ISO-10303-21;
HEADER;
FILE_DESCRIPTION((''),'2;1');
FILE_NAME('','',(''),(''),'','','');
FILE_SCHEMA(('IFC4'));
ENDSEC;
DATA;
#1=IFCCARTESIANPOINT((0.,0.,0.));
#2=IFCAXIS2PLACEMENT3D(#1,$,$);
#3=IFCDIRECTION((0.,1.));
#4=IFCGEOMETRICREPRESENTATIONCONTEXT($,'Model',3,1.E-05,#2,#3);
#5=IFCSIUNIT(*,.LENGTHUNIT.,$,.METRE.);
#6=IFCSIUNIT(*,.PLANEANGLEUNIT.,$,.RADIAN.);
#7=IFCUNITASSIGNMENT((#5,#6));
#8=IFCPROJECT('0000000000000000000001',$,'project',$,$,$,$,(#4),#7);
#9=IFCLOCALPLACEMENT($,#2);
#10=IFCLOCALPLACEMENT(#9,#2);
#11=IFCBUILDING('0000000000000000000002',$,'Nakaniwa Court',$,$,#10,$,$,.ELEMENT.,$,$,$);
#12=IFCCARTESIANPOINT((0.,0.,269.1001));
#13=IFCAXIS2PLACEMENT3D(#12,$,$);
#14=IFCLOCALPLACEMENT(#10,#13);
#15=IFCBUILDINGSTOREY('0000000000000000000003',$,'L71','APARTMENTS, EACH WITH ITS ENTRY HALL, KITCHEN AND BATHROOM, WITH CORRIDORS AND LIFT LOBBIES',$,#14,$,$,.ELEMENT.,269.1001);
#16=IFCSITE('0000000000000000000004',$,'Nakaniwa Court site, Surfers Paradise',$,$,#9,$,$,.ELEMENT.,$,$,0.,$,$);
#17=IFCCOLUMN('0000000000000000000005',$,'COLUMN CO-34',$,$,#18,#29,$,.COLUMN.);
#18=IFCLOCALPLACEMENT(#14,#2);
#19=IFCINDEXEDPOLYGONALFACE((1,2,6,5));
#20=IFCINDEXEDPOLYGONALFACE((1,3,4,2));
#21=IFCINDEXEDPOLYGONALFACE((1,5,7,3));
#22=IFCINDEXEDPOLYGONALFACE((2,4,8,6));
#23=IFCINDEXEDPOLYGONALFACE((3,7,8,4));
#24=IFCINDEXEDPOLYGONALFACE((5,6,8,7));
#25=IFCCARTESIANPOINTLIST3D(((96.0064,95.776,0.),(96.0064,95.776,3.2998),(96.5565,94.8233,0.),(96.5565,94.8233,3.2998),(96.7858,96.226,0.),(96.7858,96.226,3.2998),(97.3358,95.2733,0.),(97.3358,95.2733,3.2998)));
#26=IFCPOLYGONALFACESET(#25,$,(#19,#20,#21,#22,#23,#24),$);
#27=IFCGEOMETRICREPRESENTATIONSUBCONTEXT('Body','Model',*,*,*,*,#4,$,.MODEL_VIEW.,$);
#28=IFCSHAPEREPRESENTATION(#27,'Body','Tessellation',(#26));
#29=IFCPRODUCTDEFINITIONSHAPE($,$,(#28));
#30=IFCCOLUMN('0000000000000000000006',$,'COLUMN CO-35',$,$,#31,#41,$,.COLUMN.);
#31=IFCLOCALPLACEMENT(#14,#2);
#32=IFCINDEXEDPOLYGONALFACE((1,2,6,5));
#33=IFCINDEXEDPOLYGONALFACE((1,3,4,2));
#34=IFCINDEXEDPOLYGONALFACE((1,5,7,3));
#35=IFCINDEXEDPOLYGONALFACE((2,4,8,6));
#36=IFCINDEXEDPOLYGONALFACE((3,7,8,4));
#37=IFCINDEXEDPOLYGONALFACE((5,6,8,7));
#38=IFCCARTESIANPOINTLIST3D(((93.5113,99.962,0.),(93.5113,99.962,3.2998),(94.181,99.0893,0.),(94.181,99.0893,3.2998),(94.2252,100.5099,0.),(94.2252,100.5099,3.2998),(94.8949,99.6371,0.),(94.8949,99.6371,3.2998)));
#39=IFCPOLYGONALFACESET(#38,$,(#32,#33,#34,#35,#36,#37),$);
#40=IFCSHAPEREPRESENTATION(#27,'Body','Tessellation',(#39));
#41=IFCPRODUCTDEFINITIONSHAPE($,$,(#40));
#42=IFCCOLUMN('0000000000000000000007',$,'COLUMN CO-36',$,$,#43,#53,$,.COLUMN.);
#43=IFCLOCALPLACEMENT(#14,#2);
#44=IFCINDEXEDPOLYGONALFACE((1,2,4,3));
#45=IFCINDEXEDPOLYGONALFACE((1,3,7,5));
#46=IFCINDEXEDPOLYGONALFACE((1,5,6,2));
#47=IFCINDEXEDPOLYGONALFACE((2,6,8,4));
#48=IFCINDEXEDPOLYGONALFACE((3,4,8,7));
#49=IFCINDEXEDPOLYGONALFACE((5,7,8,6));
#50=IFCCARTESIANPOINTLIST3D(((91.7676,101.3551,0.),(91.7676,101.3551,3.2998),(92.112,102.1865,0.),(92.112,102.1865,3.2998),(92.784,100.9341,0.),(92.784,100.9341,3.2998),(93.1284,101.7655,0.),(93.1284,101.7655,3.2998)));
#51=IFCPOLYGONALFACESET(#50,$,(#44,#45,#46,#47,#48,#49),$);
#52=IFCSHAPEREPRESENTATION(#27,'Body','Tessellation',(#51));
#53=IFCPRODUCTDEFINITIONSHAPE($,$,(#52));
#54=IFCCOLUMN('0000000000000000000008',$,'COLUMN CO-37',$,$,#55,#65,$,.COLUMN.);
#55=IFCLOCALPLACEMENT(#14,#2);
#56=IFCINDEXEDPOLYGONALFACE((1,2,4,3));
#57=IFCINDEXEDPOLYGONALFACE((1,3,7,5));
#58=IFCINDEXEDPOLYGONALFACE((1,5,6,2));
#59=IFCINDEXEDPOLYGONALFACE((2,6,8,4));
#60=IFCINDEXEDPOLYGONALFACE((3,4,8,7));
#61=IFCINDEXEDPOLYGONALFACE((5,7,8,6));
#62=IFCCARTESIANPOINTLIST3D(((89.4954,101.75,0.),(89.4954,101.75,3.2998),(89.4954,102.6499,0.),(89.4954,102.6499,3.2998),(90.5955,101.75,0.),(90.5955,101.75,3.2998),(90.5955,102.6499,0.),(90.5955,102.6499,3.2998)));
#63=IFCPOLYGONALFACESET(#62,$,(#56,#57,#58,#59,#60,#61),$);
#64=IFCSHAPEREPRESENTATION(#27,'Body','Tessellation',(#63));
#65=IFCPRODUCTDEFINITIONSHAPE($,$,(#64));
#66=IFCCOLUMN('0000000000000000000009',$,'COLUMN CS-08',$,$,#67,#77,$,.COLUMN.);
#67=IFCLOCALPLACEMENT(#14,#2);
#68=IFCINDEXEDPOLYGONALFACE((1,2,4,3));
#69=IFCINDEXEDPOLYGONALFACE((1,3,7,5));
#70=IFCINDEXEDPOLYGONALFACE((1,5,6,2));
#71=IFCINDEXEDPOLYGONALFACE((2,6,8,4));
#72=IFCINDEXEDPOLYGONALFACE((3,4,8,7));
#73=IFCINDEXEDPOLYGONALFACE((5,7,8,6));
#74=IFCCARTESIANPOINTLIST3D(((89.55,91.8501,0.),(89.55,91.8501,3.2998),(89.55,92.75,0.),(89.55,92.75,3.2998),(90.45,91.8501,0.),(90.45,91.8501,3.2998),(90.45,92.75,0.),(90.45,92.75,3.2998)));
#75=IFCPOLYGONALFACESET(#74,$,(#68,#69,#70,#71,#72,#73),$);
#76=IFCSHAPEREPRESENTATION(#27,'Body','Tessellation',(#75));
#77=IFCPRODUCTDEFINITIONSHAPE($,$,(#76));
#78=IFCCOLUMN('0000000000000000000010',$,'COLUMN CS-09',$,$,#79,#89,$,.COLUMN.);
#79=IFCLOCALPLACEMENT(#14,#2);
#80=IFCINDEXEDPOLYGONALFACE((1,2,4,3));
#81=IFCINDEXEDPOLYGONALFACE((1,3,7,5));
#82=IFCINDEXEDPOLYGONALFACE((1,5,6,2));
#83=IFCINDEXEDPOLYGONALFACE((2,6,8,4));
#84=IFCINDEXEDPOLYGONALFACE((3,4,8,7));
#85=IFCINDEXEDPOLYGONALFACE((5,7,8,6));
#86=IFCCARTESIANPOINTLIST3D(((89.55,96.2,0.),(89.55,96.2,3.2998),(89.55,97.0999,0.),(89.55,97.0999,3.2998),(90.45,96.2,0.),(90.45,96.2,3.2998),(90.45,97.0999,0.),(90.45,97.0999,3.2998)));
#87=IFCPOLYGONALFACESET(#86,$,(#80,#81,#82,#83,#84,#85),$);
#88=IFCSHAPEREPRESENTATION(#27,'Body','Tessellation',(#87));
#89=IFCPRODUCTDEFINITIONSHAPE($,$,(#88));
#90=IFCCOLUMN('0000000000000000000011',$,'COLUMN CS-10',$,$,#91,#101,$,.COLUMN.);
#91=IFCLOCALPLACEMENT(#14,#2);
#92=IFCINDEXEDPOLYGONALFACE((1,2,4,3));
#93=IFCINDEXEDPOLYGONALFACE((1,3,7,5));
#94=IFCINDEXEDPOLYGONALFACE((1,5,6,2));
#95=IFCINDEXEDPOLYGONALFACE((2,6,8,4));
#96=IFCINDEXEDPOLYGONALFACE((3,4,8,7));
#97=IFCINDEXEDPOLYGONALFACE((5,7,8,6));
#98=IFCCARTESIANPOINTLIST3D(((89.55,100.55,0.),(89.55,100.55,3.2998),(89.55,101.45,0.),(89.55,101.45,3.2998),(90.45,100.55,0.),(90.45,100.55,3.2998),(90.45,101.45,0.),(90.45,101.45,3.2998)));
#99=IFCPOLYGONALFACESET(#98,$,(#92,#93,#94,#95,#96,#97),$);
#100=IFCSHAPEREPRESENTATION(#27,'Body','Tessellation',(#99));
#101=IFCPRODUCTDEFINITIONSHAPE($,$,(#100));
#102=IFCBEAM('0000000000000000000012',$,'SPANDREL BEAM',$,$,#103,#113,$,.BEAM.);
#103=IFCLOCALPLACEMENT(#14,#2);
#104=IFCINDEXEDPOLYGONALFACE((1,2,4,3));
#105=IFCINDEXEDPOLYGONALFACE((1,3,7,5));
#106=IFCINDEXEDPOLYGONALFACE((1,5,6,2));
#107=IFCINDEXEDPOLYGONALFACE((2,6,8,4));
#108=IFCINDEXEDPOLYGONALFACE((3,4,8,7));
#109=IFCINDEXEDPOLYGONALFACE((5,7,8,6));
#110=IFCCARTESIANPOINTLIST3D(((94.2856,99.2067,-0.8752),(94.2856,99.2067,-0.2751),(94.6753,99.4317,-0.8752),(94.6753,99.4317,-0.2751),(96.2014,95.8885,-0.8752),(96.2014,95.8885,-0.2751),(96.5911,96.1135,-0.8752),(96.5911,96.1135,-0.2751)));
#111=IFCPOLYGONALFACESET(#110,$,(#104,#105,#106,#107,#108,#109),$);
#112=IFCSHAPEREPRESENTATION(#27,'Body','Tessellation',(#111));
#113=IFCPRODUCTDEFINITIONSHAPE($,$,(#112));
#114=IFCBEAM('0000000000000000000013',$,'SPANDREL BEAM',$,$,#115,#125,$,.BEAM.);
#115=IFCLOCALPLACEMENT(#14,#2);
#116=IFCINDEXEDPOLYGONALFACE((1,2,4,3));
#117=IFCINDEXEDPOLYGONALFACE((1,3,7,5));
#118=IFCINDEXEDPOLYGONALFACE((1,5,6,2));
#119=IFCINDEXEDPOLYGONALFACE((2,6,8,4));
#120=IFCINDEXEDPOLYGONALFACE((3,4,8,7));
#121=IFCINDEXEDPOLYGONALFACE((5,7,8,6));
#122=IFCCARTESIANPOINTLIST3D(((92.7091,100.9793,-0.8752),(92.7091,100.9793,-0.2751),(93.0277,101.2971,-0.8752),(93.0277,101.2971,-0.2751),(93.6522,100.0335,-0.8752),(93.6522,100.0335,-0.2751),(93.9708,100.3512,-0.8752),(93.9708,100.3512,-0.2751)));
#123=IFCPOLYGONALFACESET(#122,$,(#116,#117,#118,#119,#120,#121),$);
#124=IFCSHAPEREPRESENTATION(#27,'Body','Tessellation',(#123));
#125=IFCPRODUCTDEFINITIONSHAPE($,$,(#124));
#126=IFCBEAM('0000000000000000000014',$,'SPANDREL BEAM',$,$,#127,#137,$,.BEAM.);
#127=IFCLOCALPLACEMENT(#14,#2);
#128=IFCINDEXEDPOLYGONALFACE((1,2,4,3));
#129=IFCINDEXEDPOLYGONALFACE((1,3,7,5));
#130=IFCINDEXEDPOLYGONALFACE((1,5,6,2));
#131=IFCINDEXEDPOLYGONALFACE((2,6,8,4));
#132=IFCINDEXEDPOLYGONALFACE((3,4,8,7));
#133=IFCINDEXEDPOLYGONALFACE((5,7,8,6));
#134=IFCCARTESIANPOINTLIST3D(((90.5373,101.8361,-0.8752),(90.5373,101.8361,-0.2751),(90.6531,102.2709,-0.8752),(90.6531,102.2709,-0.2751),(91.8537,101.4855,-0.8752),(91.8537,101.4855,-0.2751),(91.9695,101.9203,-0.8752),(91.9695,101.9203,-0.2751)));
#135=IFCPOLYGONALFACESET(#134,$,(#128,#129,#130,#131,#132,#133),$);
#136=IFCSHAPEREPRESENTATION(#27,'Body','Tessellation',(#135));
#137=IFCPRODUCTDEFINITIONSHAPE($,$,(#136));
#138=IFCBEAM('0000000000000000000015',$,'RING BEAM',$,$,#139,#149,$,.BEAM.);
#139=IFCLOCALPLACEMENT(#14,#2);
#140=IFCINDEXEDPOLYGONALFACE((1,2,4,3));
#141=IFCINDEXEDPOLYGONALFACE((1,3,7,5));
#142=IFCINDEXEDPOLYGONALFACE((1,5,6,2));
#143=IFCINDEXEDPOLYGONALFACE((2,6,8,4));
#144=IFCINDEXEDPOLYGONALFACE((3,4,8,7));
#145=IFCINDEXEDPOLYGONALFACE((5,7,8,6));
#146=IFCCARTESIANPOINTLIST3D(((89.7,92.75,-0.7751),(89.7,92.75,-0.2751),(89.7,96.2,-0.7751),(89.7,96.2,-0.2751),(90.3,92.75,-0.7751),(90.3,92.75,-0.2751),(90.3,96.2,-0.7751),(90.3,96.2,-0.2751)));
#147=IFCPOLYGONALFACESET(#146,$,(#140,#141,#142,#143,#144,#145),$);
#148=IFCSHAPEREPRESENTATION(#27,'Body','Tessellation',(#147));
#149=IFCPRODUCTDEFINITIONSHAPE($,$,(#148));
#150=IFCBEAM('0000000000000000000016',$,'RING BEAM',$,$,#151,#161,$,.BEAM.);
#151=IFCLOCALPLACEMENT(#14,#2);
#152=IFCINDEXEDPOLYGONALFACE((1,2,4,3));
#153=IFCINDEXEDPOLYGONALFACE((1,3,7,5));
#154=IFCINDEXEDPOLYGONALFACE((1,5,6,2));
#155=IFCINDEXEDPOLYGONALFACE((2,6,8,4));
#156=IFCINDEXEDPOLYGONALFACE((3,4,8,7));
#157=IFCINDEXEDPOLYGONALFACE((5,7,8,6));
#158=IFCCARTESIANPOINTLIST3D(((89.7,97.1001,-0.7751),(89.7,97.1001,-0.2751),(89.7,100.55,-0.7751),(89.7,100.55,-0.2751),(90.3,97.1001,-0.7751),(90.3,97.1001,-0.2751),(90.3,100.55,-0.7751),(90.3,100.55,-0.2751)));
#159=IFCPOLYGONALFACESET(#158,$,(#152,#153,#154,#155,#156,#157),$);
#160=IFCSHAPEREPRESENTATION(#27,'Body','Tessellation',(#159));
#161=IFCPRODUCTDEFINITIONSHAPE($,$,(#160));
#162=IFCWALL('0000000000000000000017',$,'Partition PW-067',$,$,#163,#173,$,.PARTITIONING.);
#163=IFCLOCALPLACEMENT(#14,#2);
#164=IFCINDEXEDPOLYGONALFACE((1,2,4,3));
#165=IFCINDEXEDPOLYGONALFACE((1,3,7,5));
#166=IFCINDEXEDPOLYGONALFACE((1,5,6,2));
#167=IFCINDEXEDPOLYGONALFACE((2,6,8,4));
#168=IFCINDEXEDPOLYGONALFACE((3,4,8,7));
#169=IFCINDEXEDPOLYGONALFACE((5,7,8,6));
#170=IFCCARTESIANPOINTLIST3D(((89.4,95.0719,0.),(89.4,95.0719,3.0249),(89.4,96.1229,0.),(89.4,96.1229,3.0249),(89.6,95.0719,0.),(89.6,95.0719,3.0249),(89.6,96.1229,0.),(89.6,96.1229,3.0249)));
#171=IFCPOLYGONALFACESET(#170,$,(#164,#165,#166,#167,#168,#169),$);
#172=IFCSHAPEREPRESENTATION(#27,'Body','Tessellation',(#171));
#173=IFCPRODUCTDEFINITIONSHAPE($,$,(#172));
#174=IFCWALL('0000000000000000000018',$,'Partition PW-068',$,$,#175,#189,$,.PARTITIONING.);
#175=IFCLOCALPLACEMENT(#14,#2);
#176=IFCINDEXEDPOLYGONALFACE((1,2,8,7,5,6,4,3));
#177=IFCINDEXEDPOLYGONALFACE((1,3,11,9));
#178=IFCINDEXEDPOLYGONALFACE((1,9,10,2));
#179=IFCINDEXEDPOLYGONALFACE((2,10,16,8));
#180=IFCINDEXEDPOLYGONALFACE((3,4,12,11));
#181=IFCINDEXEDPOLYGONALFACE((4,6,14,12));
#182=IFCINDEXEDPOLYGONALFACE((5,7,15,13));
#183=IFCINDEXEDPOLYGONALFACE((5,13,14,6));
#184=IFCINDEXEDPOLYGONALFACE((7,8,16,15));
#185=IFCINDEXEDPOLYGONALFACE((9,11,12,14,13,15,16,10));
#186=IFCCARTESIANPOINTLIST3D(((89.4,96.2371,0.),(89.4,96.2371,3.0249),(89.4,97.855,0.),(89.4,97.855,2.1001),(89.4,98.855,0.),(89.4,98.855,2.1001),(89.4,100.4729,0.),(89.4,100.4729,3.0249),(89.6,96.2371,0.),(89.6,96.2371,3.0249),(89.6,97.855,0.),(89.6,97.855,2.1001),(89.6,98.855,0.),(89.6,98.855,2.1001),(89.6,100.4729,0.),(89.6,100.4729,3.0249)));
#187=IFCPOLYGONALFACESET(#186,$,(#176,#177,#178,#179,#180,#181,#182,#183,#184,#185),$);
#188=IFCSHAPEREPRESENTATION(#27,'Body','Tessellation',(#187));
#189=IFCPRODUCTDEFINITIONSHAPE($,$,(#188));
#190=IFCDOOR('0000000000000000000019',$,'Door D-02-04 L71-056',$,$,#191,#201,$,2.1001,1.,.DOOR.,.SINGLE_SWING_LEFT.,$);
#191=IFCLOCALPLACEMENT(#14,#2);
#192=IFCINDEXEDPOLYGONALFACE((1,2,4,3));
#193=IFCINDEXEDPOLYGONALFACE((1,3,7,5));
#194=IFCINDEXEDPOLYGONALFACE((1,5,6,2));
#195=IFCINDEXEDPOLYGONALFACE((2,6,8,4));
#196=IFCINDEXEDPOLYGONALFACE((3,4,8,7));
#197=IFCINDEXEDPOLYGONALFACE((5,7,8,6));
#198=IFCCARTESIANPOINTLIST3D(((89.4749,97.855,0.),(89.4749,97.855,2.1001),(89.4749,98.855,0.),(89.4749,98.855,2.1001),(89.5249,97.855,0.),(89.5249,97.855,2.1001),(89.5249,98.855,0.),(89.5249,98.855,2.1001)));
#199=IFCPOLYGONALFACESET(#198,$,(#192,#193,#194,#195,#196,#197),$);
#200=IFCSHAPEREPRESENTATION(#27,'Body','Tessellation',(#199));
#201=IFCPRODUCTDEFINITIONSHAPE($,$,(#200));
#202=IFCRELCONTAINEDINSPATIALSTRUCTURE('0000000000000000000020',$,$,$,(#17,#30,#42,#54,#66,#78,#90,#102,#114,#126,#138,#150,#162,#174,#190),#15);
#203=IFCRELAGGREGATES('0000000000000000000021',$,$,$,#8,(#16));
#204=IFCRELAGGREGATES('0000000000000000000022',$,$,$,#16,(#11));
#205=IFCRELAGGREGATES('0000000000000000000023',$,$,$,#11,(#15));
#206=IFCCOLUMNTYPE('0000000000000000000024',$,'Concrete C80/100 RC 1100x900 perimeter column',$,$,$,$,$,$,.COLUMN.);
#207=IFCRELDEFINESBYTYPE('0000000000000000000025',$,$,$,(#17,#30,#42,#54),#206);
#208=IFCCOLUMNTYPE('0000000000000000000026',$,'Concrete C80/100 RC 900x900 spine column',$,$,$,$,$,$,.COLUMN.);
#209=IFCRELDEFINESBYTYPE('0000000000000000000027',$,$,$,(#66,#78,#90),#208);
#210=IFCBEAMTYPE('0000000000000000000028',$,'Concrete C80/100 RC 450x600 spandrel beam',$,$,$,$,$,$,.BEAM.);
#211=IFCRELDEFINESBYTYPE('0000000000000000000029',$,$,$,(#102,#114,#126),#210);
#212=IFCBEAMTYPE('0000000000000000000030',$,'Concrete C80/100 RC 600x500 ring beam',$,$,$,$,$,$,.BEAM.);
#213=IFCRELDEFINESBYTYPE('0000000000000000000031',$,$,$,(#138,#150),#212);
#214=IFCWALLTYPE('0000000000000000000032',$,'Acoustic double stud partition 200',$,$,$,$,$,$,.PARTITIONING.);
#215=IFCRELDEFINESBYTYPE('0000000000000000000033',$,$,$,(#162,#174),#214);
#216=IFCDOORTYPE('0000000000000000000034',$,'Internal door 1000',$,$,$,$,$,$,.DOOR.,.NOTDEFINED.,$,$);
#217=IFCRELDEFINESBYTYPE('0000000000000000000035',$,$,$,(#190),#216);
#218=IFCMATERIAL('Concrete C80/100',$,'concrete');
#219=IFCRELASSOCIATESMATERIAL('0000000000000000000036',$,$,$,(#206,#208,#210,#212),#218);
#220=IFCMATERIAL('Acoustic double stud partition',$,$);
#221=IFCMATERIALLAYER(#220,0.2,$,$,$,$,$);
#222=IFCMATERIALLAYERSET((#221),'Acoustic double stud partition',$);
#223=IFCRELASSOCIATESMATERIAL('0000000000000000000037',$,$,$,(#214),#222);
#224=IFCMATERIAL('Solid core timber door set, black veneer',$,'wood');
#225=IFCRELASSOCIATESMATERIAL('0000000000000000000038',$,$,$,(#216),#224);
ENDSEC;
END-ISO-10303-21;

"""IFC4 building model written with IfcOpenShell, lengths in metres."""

from ifc_helpers import new_model, si_unit, direction, frame, frame_2d, origin, origin_2d, place, context, subcontext, project, spatial, rectangle, extrude, material, layer, layer_set, material_profile, profile_set, type_object, element, fill, save


model = new_model("IFC4")

# Units and contexts
model_context = context("Model", 3, precision=1e-05, world=origin(), true_north=direction((0.0, 1.0)))
body_context = subcontext(model_context, "Body", "Model", "MODEL_VIEW")
ifc_project = project(units=[si_unit("LENGTHUNIT", "METRE"), si_unit("PLANEANGLEUNIT", "RADIAN")], contexts=[model_context])

# Site, building, storey
site_placement = place(None, origin())
site = spatial("IfcSite", under=ifc_project, at=site_placement, Name="Nakaniwa Court site, Surfers Paradise", CompositionType="ELEMENT", RefElevation=0.0)
building_placement = place(site_placement, origin())
building = spatial("IfcBuilding", under=site, at=building_placement, Name="Nakaniwa Court", CompositionType="ELEMENT")
storey_placement = place(building_placement, frame((0.0, 0.0, 269.1001)))
storey = spatial("IfcBuildingStorey", under=building, at=storey_placement, Name="L71", Description="APARTMENTS, EACH WITH ITS ENTRY HALL, KITCHEN AND BATHROOM, WITH CORRIDORS AND LIFT LOBBIES", CompositionType="ELEMENT", Elevation=269.1001)

# Columns
ifc_material_1 = material(Name="Concrete C80/100", Category="concrete")
ifc_material_profile_1 = material_profile(ifc_material_1, rectangle(XDim=1.1001, YDim=0.8999, at=origin_2d()), Name="Concrete C80/100 RC 1100x900 perimeter column")
ifc_profile_set_1 = profile_set([ifc_material_profile_1], Name="Concrete C80/100")
column_type_1 = type_object("IfcColumnType", Name="Concrete C80/100 RC 1100x900 perimeter column", PredefinedType="COLUMN", material=ifc_profile_set_1)
for number, where, z_axis, x_axis, name in (
    (1, (96.6711, 95.5247, 0.0), (0.0, 0.0, 1.0), (-0.5, 0.866025, 0.0), "COLUMN CO-34"),
    (2, (94.2031, 99.7996, 0.0), (0.0, 0.0, 1.0), (-0.608761, 0.793353, 0.0), "COLUMN CO-35"),
    (3, (92.448, 101.5603, 0.0), (0.0, 0.0, 1.0), (-0.92388, 0.382683, 0.0), "COLUMN CO-36"),
    (4, (90.0454, 102.2, 0.0), (0.0, 0.0, 1.0), (-1.0, 0.0, 0.0), "COLUMN CO-37"),
):
    element("IfcColumn", number, at=place(storey_placement, frame(where, z_axis=z_axis, x_axis=x_axis)), inside=storey, type_object=column_type_1, Name=name, PredefinedType="COLUMN", context=body_context, shape_type="SweptSolid", body=[
        extrude(rectangle(XDim=1.1001, YDim=0.8999, at=origin_2d()), origin(), (0.0, 0.0, 1.0), 3.2998),
    ])
ifc_material_profile_2 = material_profile(ifc_material_1, rectangle(XDim=0.8999, YDim=0.8999, at=origin_2d()), Name="Concrete C80/100 RC 900x900 spine column")
ifc_profile_set_2 = profile_set([ifc_material_profile_2], Name="Concrete C80/100")
column_type_2 = type_object("IfcColumnType", Name="Concrete C80/100 RC 900x900 spine column", PredefinedType="COLUMN", material=ifc_profile_set_2)
for number, where, z_axis, x_axis, name in (
    (5, (90.0, 92.3, 0.0), (0.0, 0.0, 1.0), (0.0, 1.0, 0.0), "COLUMN CS-08"),
    (6, (90.0, 96.6499, 0.0), (0.0, 0.0, 1.0), (0.0, 1.0, 0.0), "COLUMN CS-09"),
    (7, (90.0, 101.0, 0.0), (0.0, 0.0, 1.0), (0.0, 1.0, 0.0), "COLUMN CS-10"),
):
    element("IfcColumn", number, at=place(storey_placement, frame(where, z_axis=z_axis, x_axis=x_axis)), inside=storey, type_object=column_type_2, Name=name, PredefinedType="COLUMN", context=body_context, shape_type="SweptSolid", body=[
        extrude(rectangle(XDim=0.8999, YDim=0.8999, at=origin_2d()), origin(), (0.0, 0.0, 1.0), 3.2998),
    ])

# Beams
ifc_material_profile_3 = material_profile(ifc_material_1, rectangle(XDim=0.45, YDim=0.6001, at=origin_2d()), Name="Concrete C80/100 RC 450x600 spandrel beam")
ifc_profile_set_3 = profile_set([ifc_material_profile_3], Name="Concrete C80/100")
beam_type_1 = type_object("IfcBeamType", Name="Concrete C80/100 RC 450x600 spandrel beam", PredefinedType="BEAM", material=ifc_profile_set_3)
beam_1_placement = place(storey_placement, frame((96.3962, 96.001, -0.5752), z_axis=(-0.500011, 0.866019, 0.0), x_axis=(-0.866019, -0.500011, 0.0)))
element("IfcBeam", 8, at=beam_1_placement, inside=storey, type_object=beam_type_1, Name="SPANDREL BEAM", PredefinedType="BEAM", context=body_context, shape_type="SweptSolid", body=[
    extrude(rectangle(XDim=0.45, YDim=0.6001, at=origin_2d()), origin(), (0.0, 0.0, 1.0), 3.8315),
])
beam_2_placement = place(storey_placement, frame((93.8115, 100.1924, -0.5752), z_axis=(-0.706101, 0.708111, 0.0), x_axis=(-0.708111, -0.706101, 0.0)))
element("IfcBeam", 9, at=beam_2_placement, inside=storey, type_object=beam_type_1, Name="SPANDREL BEAM", PredefinedType="BEAM", context=body_context, shape_type="SweptSolid", body=[
    extrude(rectangle(XDim=0.45, YDim=0.6001, at=origin_2d()), origin(), (0.0, 0.0, 1.0), 1.3357),
])
beam_3_placement = place(storey_placement, frame((91.9116, 101.7029, -0.5752), z_axis=(-0.966318, 0.25735, 0.0), x_axis=(-0.25735, -0.966318, 0.0)))
element("IfcBeam", 10, at=beam_3_placement, inside=storey, type_object=beam_type_1, Name="SPANDREL BEAM", PredefinedType="BEAM", context=body_context, shape_type="SweptSolid", body=[
    extrude(rectangle(XDim=0.45, YDim=0.6001, at=origin_2d()), origin(), (0.0, 0.0, 1.0), 1.3623),
])
ifc_material_profile_4 = material_profile(ifc_material_1, rectangle(XDim=0.6001, YDim=0.5, at=origin_2d()), Name="Concrete C80/100 RC 600x500 ring beam")
ifc_profile_set_4 = profile_set([ifc_material_profile_4], Name="Concrete C80/100")
beam_type_2 = type_object("IfcBeamType", Name="Concrete C80/100 RC 600x500 ring beam", PredefinedType="BEAM", material=ifc_profile_set_4)
for number, where, z_axis, x_axis, name in (
    (11, (90.0, 92.75, -0.5251), (0.0, 1.0, 0.0), (-1.0, 0.0, 0.0), "RING BEAM"),
    (12, (90.0, 97.1001, -0.5251), (0.0, 1.0, 0.0), (-1.0, 0.0, 0.0), "RING BEAM"),
):
    element("IfcBeam", number, at=place(storey_placement, frame(where, z_axis=z_axis, x_axis=x_axis)), inside=storey, type_object=beam_type_2, Name=name, PredefinedType="BEAM", context=body_context, shape_type="SweptSolid", body=[
        extrude(rectangle(XDim=0.6001, YDim=0.5, at=origin_2d()), origin(), (0.0, 0.0, 1.0), 3.45),
    ])

# Wall
ifc_material_2 = material(Name="Acoustic double stud partition")
ifc_layer_1 = layer(ifc_material_2, 0.2)
ifc_layer_set_1 = layer_set([ifc_layer_1], Name="Acoustic double stud partition")
wall_type_1 = type_object("IfcWallType", Name="Acoustic double stud partition 200", PredefinedType="PARTITIONING", material=ifc_layer_set_1)
wall_1_placement = place(storey_placement, frame((89.5, 95.072, 0.0), z_axis=(0.0, 0.0, 1.0), x_axis=(0.0, 1.0, 0.0)))
element("IfcWall", 13, at=wall_1_placement, inside=storey, type_object=wall_type_1, Name="Partition PW-067", PredefinedType="PARTITIONING", context=body_context, shape_type="SweptSolid", body=[
    extrude(rectangle(XDim=1.051, YDim=0.2, at=frame_2d((0.5254, 0.0))), origin(), (0.0, 0.0, 1.0), 3.0249),
])

# Wall, opening, door
wall_2_placement = place(storey_placement, frame((89.5, 100.4729, 0.0), z_axis=(0.0, 0.0, 1.0), x_axis=(0.0, -1.0, 0.0)))
wall_2 = element("IfcWall", 14, at=wall_2_placement, inside=storey, type_object=wall_type_1, Name="Partition PW-068", PredefinedType="PARTITIONING", context=body_context, shape_type="SweptSolid", body=[
    extrude(rectangle(XDim=4.2358, YDim=0.2, at=frame_2d((2.1179, 0.0))), origin(), (0.0, 0.0, 1.0), 3.0249),
])
opening_1_placement = place(wall_2_placement, frame((1.6179, 0.0, 0.0)))
opening_1 = element("IfcOpeningElement", 15, at=opening_1_placement, cuts=wall_2, PredefinedType="OPENING", context=body_context, shape_type="SweptSolid", body=[
    extrude(rectangle(XDim=1.0, YDim=2.1001, at=frame_2d((0.5, 1.05))), frame((0.0, 0.1099, 0.0), z_axis=(0.0, -1.0, 0.0), x_axis=(1.0, 0.0, 0.0)), (0.0, 0.0, 1.0), 0.22),
])
ifc_material_3 = material(Name="Solid core timber door set, black veneer", Category="wood")
door_type = type_object("IfcDoorType", Name="Internal door 1000", OperationType="NOTDEFINED", PredefinedType="DOOR", material=ifc_material_3)
door_placement = place(opening_1_placement, origin())
door = element("IfcDoor", 16, at=door_placement, inside=storey, type_object=door_type, Name="Door D-02-04 L71-056", OperationType="SINGLE_SWING_LEFT", OverallHeight=2.1001, OverallWidth=1.0, PredefinedType="DOOR", context=body_context, shape_type="SweptSolid", body=[
    extrude(rectangle(XDim=1.0, YDim=2.1001, at=frame_2d((0.5, 1.05))), frame((0.0, 0.0249, 0.0), z_axis=(0.0, -1.0, 0.0), x_axis=(1.0, 0.0, 0.0)), (0.0, 0.0, 1.0), 0.05),
])
fill(opening_1, door)

save(model, "model.ifc")
